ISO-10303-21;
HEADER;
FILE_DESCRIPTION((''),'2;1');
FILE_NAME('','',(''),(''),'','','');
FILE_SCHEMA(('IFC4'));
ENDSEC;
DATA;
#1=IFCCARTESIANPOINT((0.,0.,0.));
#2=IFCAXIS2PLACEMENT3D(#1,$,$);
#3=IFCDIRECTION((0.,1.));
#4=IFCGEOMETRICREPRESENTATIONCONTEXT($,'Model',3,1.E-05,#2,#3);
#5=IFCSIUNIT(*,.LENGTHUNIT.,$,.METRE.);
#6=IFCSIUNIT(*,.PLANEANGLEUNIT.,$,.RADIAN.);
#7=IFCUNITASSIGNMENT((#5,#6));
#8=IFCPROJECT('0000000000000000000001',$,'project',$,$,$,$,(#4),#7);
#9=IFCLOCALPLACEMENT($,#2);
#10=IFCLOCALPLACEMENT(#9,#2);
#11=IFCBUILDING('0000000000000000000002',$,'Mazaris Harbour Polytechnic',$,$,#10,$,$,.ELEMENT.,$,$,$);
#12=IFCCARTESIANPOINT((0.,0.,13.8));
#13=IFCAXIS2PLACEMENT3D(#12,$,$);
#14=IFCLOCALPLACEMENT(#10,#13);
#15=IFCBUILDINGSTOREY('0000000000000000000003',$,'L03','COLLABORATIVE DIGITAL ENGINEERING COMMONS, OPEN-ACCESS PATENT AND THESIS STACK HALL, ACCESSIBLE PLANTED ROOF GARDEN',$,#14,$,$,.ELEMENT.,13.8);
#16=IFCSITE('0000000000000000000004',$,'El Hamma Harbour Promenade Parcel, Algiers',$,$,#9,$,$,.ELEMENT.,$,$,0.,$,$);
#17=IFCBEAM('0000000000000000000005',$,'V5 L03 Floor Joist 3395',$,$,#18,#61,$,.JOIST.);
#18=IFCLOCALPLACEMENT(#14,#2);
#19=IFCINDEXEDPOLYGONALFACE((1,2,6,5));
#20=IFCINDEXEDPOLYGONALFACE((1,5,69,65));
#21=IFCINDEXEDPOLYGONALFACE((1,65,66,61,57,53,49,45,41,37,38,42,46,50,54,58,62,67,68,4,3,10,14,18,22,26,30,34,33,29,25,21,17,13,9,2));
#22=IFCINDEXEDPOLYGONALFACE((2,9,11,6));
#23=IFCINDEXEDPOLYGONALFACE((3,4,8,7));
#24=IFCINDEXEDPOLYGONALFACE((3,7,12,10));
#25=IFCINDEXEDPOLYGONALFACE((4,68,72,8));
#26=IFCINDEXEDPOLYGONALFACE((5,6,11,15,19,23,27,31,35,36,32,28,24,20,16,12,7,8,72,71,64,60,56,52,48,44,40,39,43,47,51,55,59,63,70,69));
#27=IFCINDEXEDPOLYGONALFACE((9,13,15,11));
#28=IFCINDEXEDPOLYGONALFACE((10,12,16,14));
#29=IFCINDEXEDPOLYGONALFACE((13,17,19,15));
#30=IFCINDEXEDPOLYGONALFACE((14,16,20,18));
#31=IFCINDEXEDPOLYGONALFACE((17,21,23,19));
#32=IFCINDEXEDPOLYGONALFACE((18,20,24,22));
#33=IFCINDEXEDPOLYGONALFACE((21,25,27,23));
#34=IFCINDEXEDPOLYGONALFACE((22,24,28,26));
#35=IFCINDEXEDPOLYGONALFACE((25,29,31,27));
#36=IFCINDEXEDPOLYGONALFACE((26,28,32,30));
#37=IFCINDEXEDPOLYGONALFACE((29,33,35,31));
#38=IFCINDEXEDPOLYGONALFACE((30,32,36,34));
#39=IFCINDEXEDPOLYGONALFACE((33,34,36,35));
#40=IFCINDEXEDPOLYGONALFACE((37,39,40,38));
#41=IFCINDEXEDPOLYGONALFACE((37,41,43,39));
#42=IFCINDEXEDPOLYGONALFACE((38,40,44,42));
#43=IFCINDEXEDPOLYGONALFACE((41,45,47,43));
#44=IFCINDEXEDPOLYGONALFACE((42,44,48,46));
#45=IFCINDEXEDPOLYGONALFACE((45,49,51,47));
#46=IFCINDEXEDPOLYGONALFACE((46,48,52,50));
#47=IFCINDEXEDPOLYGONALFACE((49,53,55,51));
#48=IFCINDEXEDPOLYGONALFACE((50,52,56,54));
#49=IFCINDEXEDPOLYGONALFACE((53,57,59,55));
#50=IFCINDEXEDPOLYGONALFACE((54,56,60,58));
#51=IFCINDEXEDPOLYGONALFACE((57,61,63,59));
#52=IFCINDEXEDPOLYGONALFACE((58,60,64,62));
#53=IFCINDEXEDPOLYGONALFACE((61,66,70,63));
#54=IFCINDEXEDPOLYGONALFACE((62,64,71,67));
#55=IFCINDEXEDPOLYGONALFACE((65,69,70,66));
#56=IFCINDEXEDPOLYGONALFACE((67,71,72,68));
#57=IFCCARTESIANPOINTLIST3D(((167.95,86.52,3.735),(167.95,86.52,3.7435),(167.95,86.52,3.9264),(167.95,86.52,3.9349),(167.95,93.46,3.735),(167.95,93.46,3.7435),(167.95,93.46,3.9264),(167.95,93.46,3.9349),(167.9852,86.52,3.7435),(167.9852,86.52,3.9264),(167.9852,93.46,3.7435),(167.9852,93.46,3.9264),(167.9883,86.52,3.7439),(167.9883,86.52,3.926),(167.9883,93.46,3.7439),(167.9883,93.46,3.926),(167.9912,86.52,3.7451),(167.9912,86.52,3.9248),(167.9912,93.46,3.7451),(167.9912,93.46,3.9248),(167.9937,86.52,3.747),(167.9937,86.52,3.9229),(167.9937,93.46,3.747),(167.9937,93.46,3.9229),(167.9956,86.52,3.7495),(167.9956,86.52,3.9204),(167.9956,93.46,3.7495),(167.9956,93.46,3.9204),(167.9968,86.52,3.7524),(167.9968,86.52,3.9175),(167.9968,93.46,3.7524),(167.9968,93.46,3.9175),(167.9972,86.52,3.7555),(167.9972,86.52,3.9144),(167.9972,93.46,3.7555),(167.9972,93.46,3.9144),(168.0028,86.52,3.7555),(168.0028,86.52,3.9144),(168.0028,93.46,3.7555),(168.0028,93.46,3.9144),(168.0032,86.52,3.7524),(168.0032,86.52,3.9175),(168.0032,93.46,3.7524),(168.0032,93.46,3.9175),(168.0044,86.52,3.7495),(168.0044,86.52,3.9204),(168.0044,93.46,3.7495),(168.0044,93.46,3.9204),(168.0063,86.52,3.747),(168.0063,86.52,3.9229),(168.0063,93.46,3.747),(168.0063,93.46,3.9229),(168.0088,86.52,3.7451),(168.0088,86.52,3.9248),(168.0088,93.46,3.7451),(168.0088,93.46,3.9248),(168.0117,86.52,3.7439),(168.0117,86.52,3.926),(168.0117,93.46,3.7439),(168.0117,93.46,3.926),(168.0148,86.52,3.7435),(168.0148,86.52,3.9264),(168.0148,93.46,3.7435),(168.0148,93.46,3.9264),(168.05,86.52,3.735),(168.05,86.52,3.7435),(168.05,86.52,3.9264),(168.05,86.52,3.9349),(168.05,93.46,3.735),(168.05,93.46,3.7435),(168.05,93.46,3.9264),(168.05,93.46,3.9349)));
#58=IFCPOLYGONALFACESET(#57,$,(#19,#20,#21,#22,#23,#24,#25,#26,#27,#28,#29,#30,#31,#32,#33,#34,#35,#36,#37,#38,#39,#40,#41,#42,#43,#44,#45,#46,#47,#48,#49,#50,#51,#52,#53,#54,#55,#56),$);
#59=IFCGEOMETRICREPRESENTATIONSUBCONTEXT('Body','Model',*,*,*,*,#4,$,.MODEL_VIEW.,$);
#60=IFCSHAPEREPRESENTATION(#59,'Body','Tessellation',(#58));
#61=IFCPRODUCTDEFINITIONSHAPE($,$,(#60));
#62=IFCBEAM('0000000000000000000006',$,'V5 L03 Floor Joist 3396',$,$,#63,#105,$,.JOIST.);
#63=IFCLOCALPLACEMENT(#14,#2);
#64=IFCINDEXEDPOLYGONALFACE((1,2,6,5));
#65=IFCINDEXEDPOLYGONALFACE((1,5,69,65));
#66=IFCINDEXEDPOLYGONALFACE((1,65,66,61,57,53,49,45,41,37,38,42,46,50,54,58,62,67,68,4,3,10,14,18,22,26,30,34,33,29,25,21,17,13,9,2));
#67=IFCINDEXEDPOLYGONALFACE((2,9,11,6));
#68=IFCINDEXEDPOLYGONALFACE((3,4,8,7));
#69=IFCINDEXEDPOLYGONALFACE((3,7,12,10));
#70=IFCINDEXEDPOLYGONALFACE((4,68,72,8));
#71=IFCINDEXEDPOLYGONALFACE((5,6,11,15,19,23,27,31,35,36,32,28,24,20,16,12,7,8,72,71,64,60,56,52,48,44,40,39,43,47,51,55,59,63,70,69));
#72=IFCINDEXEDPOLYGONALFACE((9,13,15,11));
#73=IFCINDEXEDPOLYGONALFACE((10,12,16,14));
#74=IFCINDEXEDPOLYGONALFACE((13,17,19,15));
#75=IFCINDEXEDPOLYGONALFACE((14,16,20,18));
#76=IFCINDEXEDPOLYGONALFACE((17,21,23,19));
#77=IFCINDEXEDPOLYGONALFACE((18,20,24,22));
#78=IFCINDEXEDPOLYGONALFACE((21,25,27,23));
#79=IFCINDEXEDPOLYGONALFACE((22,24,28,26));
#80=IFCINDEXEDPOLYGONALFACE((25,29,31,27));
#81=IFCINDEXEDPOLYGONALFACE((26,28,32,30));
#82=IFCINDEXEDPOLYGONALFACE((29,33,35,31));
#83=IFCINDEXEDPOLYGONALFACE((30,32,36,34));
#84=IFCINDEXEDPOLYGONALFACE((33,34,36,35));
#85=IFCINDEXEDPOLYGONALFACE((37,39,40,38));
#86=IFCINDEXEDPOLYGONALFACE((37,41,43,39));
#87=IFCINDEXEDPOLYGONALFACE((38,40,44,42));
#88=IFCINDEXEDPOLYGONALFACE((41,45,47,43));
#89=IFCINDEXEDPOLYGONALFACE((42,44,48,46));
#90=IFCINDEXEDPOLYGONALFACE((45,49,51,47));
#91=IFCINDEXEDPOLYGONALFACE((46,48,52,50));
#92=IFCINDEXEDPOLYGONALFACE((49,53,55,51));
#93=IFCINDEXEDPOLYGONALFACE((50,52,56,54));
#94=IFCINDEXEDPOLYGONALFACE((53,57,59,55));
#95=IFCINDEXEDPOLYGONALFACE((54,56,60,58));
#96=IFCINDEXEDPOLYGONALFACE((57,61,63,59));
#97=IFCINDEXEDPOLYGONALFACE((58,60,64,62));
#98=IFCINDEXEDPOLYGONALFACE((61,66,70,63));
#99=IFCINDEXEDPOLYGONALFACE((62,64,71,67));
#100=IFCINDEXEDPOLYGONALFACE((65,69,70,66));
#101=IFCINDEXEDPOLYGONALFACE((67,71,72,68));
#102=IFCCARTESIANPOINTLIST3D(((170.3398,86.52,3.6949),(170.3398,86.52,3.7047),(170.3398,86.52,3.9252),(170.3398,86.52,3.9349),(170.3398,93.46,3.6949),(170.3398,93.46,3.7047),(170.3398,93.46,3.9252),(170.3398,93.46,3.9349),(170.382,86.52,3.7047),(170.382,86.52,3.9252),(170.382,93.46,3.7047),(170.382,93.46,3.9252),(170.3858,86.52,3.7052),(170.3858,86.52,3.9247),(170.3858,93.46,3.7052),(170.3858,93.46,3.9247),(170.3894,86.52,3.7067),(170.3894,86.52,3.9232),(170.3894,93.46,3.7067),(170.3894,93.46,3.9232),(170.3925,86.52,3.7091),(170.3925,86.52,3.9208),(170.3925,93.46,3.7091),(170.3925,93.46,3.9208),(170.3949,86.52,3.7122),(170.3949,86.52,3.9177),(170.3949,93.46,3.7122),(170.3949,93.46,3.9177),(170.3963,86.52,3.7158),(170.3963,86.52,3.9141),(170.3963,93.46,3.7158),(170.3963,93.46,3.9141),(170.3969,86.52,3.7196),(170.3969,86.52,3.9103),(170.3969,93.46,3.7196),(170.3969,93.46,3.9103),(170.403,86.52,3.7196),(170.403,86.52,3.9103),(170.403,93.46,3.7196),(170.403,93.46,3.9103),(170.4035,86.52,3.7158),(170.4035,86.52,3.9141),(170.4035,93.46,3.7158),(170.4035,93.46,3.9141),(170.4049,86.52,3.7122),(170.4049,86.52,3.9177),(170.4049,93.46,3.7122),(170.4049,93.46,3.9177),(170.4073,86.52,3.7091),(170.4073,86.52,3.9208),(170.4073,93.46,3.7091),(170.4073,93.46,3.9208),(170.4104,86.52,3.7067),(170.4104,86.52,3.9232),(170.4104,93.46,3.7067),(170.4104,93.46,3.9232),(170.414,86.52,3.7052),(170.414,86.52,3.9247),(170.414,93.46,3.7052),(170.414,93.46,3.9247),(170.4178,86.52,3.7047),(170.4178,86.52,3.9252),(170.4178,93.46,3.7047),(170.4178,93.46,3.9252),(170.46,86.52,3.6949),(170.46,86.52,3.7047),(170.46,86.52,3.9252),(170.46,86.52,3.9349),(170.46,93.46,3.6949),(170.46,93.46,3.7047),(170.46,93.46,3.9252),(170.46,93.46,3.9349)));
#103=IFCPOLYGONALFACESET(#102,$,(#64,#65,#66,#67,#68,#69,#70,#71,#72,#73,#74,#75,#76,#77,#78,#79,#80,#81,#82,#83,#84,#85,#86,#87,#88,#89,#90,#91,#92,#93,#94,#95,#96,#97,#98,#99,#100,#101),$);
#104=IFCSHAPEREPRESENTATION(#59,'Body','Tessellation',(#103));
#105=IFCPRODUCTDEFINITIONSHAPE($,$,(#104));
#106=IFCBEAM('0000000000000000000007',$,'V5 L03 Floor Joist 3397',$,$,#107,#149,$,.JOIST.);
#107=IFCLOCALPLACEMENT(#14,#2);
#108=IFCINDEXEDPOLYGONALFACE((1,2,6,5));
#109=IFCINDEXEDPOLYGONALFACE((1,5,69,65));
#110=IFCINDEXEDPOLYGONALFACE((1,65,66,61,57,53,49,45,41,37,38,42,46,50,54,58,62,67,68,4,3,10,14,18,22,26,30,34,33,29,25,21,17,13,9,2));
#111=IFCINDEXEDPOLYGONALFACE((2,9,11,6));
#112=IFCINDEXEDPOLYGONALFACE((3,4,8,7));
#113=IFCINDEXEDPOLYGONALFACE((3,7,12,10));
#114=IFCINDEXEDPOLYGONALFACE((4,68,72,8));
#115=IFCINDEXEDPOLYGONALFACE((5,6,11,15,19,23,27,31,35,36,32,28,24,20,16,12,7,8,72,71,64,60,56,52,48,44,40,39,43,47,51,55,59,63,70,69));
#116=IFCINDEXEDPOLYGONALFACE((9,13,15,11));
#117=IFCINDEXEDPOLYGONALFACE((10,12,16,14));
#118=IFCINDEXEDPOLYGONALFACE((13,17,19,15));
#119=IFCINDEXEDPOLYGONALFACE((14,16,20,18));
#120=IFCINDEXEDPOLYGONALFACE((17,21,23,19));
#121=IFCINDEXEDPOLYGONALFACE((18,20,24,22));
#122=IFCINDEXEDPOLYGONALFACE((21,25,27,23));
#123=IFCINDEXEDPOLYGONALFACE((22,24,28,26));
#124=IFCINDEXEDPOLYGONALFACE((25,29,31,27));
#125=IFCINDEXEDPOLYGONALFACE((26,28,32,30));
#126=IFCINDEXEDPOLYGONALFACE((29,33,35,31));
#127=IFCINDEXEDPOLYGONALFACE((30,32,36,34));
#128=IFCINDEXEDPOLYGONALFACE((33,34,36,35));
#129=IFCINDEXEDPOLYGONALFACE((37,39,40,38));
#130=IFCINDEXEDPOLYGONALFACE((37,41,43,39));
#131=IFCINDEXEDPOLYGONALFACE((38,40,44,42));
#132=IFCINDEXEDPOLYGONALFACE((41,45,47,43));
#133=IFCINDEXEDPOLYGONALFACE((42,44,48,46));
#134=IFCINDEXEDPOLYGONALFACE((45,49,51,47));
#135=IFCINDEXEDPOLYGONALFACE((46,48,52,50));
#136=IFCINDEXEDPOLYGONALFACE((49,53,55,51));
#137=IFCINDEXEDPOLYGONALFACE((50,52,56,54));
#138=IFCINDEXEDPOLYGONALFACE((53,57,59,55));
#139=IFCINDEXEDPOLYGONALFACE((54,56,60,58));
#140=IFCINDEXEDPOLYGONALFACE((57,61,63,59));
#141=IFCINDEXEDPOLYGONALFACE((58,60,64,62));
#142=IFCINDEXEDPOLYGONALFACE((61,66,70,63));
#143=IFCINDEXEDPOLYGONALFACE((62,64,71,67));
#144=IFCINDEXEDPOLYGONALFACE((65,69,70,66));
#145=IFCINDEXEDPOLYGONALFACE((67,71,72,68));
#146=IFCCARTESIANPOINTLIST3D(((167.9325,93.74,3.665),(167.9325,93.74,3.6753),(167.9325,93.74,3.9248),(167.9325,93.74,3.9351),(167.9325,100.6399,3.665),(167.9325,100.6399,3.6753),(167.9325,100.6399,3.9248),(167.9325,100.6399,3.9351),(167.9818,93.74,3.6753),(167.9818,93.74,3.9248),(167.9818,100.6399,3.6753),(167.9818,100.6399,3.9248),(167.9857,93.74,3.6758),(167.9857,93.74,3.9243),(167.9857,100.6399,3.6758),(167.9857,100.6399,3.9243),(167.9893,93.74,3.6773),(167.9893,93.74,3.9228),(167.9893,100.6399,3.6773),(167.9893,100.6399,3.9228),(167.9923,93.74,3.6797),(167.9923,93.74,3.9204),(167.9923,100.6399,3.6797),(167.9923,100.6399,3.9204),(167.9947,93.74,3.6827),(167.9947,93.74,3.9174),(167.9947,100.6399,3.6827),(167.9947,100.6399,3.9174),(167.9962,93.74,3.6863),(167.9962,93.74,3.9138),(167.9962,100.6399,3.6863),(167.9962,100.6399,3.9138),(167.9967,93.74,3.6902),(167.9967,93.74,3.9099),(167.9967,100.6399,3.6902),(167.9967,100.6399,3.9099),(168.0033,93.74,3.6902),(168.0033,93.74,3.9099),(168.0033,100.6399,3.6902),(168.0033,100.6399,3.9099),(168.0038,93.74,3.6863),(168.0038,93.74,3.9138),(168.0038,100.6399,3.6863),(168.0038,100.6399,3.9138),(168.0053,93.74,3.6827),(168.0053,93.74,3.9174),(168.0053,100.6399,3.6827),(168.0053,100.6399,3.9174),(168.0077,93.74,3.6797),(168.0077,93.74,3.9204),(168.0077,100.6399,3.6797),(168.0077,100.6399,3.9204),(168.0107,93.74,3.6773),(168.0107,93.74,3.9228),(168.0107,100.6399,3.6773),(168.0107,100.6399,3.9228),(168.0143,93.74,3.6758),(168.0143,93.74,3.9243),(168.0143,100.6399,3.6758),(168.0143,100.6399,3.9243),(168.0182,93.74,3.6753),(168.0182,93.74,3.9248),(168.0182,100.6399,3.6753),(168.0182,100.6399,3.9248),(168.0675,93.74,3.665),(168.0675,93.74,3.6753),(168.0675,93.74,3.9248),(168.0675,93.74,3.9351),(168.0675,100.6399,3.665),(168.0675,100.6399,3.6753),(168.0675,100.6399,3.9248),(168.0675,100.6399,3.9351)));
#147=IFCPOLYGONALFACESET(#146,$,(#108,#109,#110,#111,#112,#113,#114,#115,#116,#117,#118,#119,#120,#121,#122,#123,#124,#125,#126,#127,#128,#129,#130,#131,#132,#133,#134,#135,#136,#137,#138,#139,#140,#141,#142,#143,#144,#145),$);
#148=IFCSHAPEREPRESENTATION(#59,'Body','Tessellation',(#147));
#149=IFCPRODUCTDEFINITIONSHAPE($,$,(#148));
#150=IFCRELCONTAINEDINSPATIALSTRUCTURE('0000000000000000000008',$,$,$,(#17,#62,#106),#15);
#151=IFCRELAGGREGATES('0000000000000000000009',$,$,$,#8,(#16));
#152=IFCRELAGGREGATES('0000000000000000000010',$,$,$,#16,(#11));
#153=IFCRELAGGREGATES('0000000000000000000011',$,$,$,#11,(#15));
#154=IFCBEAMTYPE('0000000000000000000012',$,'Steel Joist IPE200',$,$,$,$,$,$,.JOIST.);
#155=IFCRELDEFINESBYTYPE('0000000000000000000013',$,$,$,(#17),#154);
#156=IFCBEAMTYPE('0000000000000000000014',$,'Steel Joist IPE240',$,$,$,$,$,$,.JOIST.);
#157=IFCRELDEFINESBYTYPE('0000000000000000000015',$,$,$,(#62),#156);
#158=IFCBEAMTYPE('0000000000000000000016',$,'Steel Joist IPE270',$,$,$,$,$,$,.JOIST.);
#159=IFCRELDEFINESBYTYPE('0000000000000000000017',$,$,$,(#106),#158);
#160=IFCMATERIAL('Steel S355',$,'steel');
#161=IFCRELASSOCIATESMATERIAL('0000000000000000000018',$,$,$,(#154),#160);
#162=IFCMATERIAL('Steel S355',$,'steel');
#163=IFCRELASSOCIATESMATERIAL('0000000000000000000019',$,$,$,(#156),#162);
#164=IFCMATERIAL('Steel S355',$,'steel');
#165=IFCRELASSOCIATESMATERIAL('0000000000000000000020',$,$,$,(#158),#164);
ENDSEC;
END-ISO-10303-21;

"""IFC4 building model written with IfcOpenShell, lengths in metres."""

from ifc_helpers import new_model, si_unit, direction, frame, origin, origin_2d, place, context, subcontext, project, spatial, i_section, extrude, material, material_profile, profile_set, type_object, element, save


model = new_model("IFC4")

# Units and contexts
model_context = context("Model", 3, precision=1e-05, world=origin(), true_north=direction((0.0, 1.0)))
body_context = subcontext(model_context, "Body", "Model", "MODEL_VIEW")
ifc_project = project(units=[si_unit("LENGTHUNIT", "METRE"), si_unit("PLANEANGLEUNIT", "RADIAN")], contexts=[model_context])

# Site, building, storey
site_placement = place(None, origin())
site = spatial("IfcSite", under=ifc_project, at=site_placement, Name="El Hamma Harbour Promenade Parcel, Algiers", CompositionType="ELEMENT", RefElevation=0.0)
building_placement = place(site_placement, origin())
building = spatial("IfcBuilding", under=site, at=building_placement, Name="Mazaris Harbour Polytechnic", CompositionType="ELEMENT")
storey_placement = place(building_placement, frame((0.0, 0.0, 13.8)))
storey = spatial("IfcBuildingStorey", under=building, at=storey_placement, Name="L03", Description="COLLABORATIVE DIGITAL ENGINEERING COMMONS, OPEN-ACCESS PATENT AND THESIS STACK HALL, ACCESSIBLE PLANTED ROOF GARDEN", CompositionType="ELEMENT", Elevation=13.8)

# Beams
ifc_material_1 = material(Name="Steel S355", Category="steel")
ifc_material_profile_1 = material_profile(ifc_material_1, i_section(OverallWidth=0.1001, OverallDepth=0.2, WebThickness=0.0056, FlangeThickness=0.0085, FilletRadius=0.012, at=origin_2d()), Name="IPE 200")
ifc_profile_set_1 = profile_set([ifc_material_profile_1], Name="Steel S355")
beam_type_1 = type_object("IfcBeamType", Name="Steel Joist IPE200", PredefinedType="JOIST", material=ifc_profile_set_1)
beam_1_placement = place(storey_placement, frame((168.0, 86.52, 3.835), z_axis=(0.0, 1.0, 0.0), x_axis=(-1.0, 0.0, 0.0)))
element("IfcBeam", 1, at=beam_1_placement, inside=storey, type_object=beam_type_1, Name="V5 L03 Floor Joist 3395", PredefinedType="JOIST", context=body_context, shape_type="SweptSolid", body=[
    extrude(i_section(OverallWidth=0.1001, OverallDepth=0.2, WebThickness=0.0056, FlangeThickness=0.0085, FilletRadius=0.012, at=origin_2d()), origin(), (0.0, 0.0, 1.0), 6.9399),
])
ifc_material_2 = material(Name="Steel S355", Category="steel")
ifc_material_profile_2 = material_profile(ifc_material_2, i_section(OverallWidth=0.1201, OverallDepth=0.24, WebThickness=0.0061, FlangeThickness=0.0098, FilletRadius=0.0149, at=origin_2d()), Name="IPE 240")
ifc_profile_set_2 = profile_set([ifc_material_profile_2], Name="Steel S355")
beam_type_2 = type_object("IfcBeamType", Name="Steel Joist IPE240", PredefinedType="JOIST", material=ifc_profile_set_2)
beam_2_placement = place(storey_placement, frame((170.3999, 86.52, 3.8149), z_axis=(0.0, 1.0, 0.0), x_axis=(-1.0, 0.0, 0.0)))
element("IfcBeam", 2, at=beam_2_placement, inside=storey, type_object=beam_type_2, Name="V5 L03 Floor Joist 3396", PredefinedType="JOIST", context=body_context, shape_type="SweptSolid", body=[
    extrude(i_section(OverallWidth=0.1201, OverallDepth=0.24, WebThickness=0.0061, FlangeThickness=0.0098, FilletRadius=0.0149, at=origin_2d()), origin(), (0.0, 0.0, 1.0), 6.9399),
])
ifc_material_3 = material(Name="Steel S355", Category="steel")
ifc_material_profile_3 = material_profile(ifc_material_3, i_section(OverallWidth=0.135, OverallDepth=0.27, WebThickness=0.0066, FlangeThickness=0.0103, FilletRadius=0.0149, at=origin_2d()), Name="IPE 270")
ifc_profile_set_3 = profile_set([ifc_material_profile_3], Name="Steel S355")
beam_type_3 = type_object("IfcBeamType", Name="Steel Joist IPE270", PredefinedType="JOIST", material=ifc_profile_set_3)
beam_3_placement = place(storey_placement, frame((168.0, 93.74, 3.8), z_axis=(0.0, 1.0, 0.0), x_axis=(-1.0, 0.0, 0.0)))
element("IfcBeam", 3, at=beam_3_placement, inside=storey, type_object=beam_type_3, Name="V5 L03 Floor Joist 3397", PredefinedType="JOIST", context=body_context, shape_type="SweptSolid", body=[
    extrude(i_section(OverallWidth=0.135, OverallDepth=0.27, WebThickness=0.0066, FlangeThickness=0.0103, FilletRadius=0.0149, at=origin_2d()), origin(), (0.0, 0.0, 1.0), 6.8999),
])

save(model, "model.ifc")
